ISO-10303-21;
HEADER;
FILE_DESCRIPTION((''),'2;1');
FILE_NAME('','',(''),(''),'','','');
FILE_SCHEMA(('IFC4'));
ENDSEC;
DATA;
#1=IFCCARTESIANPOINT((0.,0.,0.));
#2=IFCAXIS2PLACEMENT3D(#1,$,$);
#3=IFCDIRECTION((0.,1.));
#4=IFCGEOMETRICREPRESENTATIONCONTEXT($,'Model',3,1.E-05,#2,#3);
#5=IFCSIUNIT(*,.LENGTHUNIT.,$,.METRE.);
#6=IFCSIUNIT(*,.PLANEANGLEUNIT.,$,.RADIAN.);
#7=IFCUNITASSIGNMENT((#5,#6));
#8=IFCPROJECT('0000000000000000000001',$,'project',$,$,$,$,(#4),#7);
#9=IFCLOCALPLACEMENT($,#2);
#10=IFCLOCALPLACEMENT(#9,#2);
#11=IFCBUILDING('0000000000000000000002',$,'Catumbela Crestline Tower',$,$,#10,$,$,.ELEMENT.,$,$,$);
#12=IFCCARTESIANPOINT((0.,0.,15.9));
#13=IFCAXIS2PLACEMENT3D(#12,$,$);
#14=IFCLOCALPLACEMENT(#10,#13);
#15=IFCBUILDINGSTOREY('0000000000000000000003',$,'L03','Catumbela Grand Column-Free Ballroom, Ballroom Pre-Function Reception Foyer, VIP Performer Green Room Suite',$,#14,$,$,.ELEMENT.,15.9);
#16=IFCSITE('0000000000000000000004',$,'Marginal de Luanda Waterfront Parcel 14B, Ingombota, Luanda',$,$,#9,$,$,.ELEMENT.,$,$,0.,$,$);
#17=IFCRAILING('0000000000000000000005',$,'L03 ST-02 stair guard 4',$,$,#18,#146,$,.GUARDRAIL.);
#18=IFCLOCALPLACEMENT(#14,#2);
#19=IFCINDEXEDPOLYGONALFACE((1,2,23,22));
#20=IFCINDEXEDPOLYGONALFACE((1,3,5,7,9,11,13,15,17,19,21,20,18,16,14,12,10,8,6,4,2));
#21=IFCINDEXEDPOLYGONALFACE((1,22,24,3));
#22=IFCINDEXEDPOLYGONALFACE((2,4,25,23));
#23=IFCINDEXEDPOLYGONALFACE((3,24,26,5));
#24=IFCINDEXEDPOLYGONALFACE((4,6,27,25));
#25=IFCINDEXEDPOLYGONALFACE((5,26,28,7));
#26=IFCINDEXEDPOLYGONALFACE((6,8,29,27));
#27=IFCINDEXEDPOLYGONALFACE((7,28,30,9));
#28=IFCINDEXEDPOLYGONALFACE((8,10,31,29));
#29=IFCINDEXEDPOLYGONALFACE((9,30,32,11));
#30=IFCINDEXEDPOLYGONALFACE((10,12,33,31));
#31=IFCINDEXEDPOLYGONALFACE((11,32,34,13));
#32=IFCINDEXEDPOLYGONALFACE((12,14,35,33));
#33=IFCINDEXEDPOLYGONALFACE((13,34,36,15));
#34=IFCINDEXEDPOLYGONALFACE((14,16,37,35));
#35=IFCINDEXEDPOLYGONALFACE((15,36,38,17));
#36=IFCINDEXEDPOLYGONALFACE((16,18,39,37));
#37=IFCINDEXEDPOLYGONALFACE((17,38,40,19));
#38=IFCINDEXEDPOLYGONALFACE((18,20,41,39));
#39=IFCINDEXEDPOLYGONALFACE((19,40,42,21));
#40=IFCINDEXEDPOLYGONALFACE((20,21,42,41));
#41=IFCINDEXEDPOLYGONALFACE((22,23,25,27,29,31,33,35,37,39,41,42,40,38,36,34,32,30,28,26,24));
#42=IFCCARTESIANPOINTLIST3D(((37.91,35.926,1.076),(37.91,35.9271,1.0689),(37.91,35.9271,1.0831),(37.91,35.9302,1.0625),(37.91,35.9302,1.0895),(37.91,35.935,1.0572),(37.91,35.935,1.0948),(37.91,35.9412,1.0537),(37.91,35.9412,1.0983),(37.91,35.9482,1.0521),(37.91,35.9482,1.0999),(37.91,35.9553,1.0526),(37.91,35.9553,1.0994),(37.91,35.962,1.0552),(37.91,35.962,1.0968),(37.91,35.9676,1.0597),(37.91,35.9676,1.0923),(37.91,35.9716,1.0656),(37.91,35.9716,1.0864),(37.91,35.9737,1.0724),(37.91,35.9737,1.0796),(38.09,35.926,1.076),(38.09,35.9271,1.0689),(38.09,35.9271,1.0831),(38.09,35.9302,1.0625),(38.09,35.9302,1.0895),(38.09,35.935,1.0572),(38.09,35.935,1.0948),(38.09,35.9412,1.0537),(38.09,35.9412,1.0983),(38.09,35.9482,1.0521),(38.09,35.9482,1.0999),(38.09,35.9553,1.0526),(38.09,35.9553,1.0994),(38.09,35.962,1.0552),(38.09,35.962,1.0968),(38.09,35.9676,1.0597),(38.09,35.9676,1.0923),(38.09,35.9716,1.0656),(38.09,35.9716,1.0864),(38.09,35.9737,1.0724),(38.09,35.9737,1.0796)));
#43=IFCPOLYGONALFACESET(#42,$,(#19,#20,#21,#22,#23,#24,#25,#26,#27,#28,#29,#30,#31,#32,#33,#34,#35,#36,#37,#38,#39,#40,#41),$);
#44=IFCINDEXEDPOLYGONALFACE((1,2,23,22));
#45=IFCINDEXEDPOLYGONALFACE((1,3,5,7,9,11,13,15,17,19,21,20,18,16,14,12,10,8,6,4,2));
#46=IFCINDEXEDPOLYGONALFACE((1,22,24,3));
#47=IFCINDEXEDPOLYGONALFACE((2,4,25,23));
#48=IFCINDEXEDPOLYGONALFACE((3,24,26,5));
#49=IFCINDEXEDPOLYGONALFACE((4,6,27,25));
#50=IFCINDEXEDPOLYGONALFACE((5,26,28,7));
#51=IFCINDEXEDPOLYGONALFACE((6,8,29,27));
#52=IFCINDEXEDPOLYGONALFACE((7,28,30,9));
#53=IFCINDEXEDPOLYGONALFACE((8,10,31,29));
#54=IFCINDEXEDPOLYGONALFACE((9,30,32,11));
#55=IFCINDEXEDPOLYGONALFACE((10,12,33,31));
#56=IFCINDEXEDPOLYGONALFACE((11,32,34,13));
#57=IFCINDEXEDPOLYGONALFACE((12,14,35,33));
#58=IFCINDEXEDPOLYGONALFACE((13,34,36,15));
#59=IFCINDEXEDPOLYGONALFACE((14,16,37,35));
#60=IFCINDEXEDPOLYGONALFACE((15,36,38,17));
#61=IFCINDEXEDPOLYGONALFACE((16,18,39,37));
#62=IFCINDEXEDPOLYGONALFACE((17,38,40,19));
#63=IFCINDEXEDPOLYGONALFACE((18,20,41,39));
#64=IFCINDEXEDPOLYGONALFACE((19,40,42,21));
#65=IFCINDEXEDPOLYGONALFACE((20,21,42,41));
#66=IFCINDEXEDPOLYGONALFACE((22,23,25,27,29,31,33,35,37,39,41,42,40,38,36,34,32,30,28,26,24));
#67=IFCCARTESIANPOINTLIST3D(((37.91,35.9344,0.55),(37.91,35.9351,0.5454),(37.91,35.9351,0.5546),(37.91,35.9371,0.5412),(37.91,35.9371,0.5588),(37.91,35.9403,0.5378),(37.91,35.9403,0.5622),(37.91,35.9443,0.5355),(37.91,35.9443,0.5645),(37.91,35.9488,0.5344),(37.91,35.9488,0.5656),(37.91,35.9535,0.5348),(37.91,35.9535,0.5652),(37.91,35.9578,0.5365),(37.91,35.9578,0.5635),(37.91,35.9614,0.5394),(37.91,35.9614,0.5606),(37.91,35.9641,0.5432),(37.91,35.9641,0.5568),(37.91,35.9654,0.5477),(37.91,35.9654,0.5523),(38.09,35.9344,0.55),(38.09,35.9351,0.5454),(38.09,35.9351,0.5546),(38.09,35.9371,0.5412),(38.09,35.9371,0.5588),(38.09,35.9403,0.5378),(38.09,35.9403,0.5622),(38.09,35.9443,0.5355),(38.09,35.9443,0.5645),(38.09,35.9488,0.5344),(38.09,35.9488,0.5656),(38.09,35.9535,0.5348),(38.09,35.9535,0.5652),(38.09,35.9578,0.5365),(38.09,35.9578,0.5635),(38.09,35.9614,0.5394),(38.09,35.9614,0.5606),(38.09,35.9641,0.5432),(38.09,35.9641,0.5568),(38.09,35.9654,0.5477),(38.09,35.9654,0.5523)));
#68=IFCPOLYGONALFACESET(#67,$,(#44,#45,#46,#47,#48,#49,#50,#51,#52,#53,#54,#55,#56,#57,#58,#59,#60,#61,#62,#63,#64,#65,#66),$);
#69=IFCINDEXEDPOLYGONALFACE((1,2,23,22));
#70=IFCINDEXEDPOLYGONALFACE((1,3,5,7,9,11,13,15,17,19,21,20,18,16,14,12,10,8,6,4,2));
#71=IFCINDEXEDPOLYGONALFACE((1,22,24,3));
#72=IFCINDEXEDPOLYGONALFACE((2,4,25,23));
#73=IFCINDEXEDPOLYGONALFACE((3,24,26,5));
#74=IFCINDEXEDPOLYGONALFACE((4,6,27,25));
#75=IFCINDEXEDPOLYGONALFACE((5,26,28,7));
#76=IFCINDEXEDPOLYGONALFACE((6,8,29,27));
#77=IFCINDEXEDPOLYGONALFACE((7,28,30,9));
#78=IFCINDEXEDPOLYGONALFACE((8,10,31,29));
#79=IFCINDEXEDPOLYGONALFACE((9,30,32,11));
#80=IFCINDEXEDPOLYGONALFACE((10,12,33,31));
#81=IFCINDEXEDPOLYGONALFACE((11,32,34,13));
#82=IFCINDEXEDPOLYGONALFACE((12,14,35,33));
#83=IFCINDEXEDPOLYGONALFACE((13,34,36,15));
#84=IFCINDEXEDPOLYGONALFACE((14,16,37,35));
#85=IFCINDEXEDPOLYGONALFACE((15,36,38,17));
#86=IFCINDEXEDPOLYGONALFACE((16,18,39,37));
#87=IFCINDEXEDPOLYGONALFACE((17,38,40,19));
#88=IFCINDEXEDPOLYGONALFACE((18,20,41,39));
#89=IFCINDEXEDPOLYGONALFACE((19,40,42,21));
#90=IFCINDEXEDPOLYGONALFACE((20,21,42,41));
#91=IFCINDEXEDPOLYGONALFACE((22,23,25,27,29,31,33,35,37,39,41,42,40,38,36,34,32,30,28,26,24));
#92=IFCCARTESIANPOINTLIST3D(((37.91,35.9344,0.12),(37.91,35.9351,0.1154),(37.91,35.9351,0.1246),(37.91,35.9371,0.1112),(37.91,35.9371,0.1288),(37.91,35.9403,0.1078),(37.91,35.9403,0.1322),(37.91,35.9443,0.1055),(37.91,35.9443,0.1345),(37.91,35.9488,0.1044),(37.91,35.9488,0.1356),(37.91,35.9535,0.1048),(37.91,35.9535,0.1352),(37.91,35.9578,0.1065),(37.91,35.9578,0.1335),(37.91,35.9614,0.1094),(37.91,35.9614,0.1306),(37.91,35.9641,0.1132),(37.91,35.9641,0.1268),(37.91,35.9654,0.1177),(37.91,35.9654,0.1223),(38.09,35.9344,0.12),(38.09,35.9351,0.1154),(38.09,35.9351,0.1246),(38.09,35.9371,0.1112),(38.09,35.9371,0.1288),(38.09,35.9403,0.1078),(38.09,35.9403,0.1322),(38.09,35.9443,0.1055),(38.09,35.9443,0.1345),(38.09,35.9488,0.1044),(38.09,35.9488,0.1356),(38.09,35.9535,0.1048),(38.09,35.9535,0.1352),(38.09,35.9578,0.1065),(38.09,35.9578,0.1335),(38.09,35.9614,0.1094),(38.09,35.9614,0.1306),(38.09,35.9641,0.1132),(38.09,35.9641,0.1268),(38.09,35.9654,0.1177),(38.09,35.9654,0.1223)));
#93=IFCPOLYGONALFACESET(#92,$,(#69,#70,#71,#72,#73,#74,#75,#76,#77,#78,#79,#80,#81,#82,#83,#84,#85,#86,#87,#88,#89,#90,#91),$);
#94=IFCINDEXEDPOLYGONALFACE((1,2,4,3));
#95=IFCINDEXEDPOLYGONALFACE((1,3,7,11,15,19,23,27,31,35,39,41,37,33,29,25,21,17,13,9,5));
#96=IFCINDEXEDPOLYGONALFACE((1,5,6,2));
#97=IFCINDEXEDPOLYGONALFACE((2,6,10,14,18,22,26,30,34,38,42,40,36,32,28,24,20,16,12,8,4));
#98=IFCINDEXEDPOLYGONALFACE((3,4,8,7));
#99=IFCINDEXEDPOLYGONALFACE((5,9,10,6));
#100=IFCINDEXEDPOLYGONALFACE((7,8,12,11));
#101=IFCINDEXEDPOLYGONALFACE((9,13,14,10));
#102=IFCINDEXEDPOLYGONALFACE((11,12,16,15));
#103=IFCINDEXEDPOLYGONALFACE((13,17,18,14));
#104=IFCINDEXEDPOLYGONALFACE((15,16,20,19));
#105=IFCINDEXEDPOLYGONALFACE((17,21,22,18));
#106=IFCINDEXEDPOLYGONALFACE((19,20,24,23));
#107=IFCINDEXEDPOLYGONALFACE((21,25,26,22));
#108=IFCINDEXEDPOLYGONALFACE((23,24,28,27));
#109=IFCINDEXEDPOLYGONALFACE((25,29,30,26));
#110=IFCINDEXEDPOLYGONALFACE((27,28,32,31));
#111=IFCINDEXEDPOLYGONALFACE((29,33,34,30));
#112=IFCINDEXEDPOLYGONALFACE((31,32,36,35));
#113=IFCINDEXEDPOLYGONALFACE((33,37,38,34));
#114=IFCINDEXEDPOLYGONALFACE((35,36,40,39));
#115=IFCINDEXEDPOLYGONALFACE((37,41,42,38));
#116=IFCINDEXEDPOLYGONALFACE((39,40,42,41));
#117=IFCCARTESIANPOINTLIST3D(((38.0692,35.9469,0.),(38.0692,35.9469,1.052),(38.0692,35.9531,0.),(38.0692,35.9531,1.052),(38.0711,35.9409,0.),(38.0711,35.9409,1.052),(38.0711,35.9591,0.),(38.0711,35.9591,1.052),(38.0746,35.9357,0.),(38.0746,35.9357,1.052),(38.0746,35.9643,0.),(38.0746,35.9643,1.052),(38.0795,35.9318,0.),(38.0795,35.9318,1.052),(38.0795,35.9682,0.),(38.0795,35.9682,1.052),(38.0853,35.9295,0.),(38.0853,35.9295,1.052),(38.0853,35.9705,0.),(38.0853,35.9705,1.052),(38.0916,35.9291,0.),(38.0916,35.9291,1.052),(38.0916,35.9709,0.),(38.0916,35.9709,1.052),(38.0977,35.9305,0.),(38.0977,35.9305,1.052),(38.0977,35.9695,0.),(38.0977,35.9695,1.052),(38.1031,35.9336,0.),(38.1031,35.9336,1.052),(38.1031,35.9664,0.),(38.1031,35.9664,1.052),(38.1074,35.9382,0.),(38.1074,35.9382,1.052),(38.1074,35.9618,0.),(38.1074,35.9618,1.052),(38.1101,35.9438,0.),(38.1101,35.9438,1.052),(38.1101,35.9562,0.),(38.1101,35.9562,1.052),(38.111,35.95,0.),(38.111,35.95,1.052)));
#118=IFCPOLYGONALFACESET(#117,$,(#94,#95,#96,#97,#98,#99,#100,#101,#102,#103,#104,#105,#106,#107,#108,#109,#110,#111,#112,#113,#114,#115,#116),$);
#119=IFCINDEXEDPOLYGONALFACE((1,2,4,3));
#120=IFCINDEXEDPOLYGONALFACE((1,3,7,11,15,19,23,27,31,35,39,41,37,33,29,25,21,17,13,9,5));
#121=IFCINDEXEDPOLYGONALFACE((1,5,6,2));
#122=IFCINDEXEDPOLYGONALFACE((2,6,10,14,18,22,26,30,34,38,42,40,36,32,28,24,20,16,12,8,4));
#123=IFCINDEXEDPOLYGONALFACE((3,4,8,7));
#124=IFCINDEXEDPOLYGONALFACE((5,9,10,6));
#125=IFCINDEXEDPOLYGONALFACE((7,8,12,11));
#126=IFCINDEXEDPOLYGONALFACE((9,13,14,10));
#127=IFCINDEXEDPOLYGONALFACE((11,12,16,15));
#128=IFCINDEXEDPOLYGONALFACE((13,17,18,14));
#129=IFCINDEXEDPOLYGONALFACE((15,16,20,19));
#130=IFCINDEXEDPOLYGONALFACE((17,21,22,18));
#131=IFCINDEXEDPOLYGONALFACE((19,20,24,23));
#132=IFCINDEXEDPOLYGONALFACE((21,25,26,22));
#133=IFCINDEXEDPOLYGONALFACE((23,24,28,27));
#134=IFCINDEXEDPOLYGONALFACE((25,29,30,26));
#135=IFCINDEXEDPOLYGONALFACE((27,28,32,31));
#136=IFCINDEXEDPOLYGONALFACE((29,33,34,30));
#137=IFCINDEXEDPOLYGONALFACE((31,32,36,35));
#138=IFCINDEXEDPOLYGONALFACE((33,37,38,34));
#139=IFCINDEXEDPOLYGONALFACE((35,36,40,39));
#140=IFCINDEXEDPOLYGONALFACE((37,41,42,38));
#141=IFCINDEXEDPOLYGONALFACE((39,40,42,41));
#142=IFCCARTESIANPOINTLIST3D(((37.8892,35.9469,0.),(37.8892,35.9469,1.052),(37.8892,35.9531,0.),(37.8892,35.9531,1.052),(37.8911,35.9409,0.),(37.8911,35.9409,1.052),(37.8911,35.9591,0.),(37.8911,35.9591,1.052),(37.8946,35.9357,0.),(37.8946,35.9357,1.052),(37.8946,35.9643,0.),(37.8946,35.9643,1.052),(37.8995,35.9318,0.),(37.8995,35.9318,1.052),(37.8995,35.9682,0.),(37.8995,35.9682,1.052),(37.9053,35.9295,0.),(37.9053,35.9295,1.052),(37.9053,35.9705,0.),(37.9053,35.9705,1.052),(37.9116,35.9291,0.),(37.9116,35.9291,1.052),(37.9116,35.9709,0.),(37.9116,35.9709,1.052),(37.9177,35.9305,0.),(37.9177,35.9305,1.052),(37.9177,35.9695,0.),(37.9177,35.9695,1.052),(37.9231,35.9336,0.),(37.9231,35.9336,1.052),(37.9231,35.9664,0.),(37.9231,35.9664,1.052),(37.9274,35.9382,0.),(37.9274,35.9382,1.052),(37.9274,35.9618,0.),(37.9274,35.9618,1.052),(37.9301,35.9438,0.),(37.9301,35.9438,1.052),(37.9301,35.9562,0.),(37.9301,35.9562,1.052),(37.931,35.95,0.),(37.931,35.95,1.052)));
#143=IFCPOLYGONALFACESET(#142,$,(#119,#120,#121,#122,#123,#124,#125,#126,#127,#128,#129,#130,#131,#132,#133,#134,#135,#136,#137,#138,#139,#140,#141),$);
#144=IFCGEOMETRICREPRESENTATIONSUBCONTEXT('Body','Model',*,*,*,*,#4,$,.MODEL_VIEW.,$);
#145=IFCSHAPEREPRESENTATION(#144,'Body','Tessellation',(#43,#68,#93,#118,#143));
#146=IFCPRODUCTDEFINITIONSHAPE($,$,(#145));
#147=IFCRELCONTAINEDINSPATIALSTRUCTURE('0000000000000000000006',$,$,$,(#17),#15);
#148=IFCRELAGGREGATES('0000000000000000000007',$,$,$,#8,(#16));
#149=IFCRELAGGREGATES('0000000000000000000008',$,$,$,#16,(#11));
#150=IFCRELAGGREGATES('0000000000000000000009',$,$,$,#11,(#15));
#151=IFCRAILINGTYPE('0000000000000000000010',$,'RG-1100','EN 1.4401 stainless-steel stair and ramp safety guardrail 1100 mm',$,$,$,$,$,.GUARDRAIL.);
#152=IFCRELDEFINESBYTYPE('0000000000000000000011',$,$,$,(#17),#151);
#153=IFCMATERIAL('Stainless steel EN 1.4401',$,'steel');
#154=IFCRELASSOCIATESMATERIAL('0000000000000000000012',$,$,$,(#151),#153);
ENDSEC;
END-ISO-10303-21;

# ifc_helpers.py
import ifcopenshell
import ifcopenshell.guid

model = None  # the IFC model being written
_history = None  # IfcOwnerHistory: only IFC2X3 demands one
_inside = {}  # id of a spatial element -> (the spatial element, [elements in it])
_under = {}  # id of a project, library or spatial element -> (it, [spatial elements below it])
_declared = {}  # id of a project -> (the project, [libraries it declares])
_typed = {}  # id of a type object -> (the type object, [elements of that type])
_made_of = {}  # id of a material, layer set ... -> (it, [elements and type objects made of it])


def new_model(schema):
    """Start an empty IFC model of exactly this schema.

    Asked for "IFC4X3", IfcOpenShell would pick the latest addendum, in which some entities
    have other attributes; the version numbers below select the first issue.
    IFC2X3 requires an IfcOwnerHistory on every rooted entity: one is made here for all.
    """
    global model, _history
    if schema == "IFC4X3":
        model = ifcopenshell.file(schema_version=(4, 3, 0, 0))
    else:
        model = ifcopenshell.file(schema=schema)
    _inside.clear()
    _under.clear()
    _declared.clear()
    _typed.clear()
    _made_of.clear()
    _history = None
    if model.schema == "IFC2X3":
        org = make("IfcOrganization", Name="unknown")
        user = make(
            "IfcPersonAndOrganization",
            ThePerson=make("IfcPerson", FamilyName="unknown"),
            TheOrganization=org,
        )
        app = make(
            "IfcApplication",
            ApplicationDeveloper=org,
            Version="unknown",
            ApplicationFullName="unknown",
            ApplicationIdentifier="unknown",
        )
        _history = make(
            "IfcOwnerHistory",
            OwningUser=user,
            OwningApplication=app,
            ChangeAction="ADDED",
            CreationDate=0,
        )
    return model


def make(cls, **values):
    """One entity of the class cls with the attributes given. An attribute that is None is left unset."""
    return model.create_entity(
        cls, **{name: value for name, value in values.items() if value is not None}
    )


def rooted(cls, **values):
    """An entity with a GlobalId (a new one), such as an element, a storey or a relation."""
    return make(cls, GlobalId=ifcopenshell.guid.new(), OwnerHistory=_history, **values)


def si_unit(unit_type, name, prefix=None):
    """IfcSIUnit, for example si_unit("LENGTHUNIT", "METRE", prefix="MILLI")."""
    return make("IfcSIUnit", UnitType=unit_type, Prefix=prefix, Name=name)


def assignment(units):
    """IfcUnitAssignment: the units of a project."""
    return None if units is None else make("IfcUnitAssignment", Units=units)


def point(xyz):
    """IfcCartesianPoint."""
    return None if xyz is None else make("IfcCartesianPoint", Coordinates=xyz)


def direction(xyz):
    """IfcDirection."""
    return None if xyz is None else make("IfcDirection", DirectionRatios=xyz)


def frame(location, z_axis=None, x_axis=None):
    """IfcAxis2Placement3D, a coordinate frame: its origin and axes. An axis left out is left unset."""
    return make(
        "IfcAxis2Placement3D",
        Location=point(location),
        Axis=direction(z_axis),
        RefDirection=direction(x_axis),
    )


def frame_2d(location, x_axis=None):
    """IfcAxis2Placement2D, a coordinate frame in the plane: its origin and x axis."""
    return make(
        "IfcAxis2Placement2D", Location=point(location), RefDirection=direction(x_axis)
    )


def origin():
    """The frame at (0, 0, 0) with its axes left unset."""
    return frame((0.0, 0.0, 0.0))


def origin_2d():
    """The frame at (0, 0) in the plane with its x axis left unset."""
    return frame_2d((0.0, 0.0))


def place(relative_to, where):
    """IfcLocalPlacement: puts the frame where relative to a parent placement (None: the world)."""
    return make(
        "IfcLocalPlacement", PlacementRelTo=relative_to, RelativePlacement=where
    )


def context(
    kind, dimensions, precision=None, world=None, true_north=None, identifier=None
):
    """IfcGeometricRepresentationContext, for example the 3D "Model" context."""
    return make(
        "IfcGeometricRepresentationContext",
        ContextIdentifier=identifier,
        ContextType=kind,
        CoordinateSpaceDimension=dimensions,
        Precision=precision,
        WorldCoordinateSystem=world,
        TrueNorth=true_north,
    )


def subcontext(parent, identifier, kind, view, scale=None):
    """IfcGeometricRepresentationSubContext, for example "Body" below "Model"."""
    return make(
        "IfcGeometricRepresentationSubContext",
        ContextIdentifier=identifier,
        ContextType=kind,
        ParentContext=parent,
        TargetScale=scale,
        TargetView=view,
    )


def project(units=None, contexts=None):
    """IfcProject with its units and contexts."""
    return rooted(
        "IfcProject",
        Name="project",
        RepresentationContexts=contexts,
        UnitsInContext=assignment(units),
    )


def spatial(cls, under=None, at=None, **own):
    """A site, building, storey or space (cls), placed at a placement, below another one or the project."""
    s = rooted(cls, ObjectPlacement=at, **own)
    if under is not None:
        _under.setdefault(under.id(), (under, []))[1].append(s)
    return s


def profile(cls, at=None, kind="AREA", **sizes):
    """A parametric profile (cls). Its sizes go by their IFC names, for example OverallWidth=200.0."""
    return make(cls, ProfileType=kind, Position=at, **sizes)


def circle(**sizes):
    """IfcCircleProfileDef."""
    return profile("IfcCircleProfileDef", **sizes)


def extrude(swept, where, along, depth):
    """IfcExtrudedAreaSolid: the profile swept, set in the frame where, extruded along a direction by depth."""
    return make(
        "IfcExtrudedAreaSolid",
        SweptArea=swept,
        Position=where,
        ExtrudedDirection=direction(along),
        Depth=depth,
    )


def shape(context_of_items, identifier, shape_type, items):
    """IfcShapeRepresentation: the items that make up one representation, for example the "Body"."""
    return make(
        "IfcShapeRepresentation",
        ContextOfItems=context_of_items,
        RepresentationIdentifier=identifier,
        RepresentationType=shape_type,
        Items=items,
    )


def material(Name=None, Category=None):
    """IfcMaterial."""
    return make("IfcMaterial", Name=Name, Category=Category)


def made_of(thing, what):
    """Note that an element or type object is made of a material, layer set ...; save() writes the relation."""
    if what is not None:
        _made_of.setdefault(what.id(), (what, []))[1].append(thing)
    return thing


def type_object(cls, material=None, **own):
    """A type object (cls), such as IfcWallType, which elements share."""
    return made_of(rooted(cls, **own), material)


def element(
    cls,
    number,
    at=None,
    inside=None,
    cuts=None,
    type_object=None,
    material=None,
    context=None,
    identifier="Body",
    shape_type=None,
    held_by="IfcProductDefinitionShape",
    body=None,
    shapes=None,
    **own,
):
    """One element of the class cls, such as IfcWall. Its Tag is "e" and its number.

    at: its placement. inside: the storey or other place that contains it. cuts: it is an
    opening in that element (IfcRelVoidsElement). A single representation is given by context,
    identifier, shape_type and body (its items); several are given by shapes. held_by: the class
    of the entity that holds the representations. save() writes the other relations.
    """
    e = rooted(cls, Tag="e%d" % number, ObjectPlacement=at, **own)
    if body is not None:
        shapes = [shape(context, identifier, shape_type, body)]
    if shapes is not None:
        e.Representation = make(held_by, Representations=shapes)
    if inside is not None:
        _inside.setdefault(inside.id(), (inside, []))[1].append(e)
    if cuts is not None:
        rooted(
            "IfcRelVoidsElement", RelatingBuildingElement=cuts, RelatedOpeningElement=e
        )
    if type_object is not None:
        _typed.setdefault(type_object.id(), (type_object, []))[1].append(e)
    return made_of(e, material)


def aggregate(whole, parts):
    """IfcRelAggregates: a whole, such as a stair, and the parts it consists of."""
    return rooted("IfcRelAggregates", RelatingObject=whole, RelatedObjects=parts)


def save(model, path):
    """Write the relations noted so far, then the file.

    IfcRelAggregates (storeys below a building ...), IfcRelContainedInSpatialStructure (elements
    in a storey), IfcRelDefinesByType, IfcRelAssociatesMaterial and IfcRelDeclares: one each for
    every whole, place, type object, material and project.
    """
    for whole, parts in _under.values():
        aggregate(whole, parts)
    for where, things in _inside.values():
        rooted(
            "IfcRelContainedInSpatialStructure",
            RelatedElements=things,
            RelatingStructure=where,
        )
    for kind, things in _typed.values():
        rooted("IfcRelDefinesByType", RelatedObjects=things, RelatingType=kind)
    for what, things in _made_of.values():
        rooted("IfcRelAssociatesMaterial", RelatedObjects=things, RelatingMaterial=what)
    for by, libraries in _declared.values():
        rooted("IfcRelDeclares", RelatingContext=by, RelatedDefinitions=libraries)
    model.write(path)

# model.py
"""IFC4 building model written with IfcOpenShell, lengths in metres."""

from ifc_helpers import new_model, si_unit, direction, frame, origin, origin_2d, place, context, subcontext, project, spatial, circle, extrude, material, type_object, element, save


model = new_model("IFC4")

# Units and contexts
model_context = context("Model", 3, precision=1e-05, world=origin(), true_north=direction((0.0, 1.0)))
body_context = subcontext(model_context, "Body", "Model", "MODEL_VIEW")
ifc_project = project(units=[si_unit("LENGTHUNIT", "METRE"), si_unit("PLANEANGLEUNIT", "RADIAN")], contexts=[model_context])

# Site, building, storey
site_placement = place(None, origin())
site = spatial("IfcSite", under=ifc_project, at=site_placement, Name="Marginal de Luanda Waterfront Parcel 14B, Ingombota, Luanda", CompositionType="ELEMENT", RefElevation=0.0)
building_placement = place(site_placement, origin())
building = spatial("IfcBuilding", under=site, at=building_placement, Name="Catumbela Crestline Tower", CompositionType="ELEMENT")
storey_placement = place(building_placement, frame((0.0, 0.0, 15.9)))
storey = spatial("IfcBuildingStorey", under=building, at=storey_placement, Name="L03", Description="Catumbela Grand Column-Free Ballroom, Ballroom Pre-Function Reception Foyer, VIP Performer Green Room Suite", CompositionType="ELEMENT", Elevation=15.9)

# Shared definitions
ifc_material_1 = material(Name="Stainless steel EN 1.4401", Category="steel")

# Railing
railing_type_1 = type_object("IfcRailingType", Name="RG-1100", Description="EN 1.4401 stainless-steel stair and ramp safety guardrail 1100 mm", PredefinedType="GUARDRAIL", material=ifc_material_1)
railing_1_placement = place(storey_placement, frame((38.09, 35.95, 0.0)))
element("IfcRailing", 1, at=railing_1_placement, inside=storey, type_object=railing_type_1, Name="L03 ST-02 stair guard 4", PredefinedType="GUARDRAIL", context=body_context, shape_type="SweptSolid", body=[
    extrude(circle(Radius=0.024, at=origin_2d()), frame((0.0, 0.0, 1.076), z_axis=(-1.0, 0.0, 0.0), x_axis=(0.0, -1.0, 0.0)), (0.0, 0.0, 1.0), 0.18),
    extrude(circle(Radius=0.0156, at=origin_2d()), frame((0.0, 0.0, 0.55), z_axis=(-1.0, 0.0, 0.0), x_axis=(0.0, -1.0, 0.0)), (0.0, 0.0, 1.0), 0.18),
    extrude(circle(Radius=0.0156, at=origin_2d()), frame((0.0, 0.0, 0.12), z_axis=(-1.0, 0.0, 0.0), x_axis=(0.0, -1.0, 0.0)), (0.0, 0.0, 1.0), 0.18),
    extrude(circle(Radius=0.021, at=origin_2d()), origin(), (0.0, 0.0, 1.0), 1.052),
    extrude(circle(Radius=0.021, at=origin_2d()), frame((-0.18, 0.0, 0.0)), (0.0, 0.0, 1.0), 1.052),
])

save(model, "model.ifc")
